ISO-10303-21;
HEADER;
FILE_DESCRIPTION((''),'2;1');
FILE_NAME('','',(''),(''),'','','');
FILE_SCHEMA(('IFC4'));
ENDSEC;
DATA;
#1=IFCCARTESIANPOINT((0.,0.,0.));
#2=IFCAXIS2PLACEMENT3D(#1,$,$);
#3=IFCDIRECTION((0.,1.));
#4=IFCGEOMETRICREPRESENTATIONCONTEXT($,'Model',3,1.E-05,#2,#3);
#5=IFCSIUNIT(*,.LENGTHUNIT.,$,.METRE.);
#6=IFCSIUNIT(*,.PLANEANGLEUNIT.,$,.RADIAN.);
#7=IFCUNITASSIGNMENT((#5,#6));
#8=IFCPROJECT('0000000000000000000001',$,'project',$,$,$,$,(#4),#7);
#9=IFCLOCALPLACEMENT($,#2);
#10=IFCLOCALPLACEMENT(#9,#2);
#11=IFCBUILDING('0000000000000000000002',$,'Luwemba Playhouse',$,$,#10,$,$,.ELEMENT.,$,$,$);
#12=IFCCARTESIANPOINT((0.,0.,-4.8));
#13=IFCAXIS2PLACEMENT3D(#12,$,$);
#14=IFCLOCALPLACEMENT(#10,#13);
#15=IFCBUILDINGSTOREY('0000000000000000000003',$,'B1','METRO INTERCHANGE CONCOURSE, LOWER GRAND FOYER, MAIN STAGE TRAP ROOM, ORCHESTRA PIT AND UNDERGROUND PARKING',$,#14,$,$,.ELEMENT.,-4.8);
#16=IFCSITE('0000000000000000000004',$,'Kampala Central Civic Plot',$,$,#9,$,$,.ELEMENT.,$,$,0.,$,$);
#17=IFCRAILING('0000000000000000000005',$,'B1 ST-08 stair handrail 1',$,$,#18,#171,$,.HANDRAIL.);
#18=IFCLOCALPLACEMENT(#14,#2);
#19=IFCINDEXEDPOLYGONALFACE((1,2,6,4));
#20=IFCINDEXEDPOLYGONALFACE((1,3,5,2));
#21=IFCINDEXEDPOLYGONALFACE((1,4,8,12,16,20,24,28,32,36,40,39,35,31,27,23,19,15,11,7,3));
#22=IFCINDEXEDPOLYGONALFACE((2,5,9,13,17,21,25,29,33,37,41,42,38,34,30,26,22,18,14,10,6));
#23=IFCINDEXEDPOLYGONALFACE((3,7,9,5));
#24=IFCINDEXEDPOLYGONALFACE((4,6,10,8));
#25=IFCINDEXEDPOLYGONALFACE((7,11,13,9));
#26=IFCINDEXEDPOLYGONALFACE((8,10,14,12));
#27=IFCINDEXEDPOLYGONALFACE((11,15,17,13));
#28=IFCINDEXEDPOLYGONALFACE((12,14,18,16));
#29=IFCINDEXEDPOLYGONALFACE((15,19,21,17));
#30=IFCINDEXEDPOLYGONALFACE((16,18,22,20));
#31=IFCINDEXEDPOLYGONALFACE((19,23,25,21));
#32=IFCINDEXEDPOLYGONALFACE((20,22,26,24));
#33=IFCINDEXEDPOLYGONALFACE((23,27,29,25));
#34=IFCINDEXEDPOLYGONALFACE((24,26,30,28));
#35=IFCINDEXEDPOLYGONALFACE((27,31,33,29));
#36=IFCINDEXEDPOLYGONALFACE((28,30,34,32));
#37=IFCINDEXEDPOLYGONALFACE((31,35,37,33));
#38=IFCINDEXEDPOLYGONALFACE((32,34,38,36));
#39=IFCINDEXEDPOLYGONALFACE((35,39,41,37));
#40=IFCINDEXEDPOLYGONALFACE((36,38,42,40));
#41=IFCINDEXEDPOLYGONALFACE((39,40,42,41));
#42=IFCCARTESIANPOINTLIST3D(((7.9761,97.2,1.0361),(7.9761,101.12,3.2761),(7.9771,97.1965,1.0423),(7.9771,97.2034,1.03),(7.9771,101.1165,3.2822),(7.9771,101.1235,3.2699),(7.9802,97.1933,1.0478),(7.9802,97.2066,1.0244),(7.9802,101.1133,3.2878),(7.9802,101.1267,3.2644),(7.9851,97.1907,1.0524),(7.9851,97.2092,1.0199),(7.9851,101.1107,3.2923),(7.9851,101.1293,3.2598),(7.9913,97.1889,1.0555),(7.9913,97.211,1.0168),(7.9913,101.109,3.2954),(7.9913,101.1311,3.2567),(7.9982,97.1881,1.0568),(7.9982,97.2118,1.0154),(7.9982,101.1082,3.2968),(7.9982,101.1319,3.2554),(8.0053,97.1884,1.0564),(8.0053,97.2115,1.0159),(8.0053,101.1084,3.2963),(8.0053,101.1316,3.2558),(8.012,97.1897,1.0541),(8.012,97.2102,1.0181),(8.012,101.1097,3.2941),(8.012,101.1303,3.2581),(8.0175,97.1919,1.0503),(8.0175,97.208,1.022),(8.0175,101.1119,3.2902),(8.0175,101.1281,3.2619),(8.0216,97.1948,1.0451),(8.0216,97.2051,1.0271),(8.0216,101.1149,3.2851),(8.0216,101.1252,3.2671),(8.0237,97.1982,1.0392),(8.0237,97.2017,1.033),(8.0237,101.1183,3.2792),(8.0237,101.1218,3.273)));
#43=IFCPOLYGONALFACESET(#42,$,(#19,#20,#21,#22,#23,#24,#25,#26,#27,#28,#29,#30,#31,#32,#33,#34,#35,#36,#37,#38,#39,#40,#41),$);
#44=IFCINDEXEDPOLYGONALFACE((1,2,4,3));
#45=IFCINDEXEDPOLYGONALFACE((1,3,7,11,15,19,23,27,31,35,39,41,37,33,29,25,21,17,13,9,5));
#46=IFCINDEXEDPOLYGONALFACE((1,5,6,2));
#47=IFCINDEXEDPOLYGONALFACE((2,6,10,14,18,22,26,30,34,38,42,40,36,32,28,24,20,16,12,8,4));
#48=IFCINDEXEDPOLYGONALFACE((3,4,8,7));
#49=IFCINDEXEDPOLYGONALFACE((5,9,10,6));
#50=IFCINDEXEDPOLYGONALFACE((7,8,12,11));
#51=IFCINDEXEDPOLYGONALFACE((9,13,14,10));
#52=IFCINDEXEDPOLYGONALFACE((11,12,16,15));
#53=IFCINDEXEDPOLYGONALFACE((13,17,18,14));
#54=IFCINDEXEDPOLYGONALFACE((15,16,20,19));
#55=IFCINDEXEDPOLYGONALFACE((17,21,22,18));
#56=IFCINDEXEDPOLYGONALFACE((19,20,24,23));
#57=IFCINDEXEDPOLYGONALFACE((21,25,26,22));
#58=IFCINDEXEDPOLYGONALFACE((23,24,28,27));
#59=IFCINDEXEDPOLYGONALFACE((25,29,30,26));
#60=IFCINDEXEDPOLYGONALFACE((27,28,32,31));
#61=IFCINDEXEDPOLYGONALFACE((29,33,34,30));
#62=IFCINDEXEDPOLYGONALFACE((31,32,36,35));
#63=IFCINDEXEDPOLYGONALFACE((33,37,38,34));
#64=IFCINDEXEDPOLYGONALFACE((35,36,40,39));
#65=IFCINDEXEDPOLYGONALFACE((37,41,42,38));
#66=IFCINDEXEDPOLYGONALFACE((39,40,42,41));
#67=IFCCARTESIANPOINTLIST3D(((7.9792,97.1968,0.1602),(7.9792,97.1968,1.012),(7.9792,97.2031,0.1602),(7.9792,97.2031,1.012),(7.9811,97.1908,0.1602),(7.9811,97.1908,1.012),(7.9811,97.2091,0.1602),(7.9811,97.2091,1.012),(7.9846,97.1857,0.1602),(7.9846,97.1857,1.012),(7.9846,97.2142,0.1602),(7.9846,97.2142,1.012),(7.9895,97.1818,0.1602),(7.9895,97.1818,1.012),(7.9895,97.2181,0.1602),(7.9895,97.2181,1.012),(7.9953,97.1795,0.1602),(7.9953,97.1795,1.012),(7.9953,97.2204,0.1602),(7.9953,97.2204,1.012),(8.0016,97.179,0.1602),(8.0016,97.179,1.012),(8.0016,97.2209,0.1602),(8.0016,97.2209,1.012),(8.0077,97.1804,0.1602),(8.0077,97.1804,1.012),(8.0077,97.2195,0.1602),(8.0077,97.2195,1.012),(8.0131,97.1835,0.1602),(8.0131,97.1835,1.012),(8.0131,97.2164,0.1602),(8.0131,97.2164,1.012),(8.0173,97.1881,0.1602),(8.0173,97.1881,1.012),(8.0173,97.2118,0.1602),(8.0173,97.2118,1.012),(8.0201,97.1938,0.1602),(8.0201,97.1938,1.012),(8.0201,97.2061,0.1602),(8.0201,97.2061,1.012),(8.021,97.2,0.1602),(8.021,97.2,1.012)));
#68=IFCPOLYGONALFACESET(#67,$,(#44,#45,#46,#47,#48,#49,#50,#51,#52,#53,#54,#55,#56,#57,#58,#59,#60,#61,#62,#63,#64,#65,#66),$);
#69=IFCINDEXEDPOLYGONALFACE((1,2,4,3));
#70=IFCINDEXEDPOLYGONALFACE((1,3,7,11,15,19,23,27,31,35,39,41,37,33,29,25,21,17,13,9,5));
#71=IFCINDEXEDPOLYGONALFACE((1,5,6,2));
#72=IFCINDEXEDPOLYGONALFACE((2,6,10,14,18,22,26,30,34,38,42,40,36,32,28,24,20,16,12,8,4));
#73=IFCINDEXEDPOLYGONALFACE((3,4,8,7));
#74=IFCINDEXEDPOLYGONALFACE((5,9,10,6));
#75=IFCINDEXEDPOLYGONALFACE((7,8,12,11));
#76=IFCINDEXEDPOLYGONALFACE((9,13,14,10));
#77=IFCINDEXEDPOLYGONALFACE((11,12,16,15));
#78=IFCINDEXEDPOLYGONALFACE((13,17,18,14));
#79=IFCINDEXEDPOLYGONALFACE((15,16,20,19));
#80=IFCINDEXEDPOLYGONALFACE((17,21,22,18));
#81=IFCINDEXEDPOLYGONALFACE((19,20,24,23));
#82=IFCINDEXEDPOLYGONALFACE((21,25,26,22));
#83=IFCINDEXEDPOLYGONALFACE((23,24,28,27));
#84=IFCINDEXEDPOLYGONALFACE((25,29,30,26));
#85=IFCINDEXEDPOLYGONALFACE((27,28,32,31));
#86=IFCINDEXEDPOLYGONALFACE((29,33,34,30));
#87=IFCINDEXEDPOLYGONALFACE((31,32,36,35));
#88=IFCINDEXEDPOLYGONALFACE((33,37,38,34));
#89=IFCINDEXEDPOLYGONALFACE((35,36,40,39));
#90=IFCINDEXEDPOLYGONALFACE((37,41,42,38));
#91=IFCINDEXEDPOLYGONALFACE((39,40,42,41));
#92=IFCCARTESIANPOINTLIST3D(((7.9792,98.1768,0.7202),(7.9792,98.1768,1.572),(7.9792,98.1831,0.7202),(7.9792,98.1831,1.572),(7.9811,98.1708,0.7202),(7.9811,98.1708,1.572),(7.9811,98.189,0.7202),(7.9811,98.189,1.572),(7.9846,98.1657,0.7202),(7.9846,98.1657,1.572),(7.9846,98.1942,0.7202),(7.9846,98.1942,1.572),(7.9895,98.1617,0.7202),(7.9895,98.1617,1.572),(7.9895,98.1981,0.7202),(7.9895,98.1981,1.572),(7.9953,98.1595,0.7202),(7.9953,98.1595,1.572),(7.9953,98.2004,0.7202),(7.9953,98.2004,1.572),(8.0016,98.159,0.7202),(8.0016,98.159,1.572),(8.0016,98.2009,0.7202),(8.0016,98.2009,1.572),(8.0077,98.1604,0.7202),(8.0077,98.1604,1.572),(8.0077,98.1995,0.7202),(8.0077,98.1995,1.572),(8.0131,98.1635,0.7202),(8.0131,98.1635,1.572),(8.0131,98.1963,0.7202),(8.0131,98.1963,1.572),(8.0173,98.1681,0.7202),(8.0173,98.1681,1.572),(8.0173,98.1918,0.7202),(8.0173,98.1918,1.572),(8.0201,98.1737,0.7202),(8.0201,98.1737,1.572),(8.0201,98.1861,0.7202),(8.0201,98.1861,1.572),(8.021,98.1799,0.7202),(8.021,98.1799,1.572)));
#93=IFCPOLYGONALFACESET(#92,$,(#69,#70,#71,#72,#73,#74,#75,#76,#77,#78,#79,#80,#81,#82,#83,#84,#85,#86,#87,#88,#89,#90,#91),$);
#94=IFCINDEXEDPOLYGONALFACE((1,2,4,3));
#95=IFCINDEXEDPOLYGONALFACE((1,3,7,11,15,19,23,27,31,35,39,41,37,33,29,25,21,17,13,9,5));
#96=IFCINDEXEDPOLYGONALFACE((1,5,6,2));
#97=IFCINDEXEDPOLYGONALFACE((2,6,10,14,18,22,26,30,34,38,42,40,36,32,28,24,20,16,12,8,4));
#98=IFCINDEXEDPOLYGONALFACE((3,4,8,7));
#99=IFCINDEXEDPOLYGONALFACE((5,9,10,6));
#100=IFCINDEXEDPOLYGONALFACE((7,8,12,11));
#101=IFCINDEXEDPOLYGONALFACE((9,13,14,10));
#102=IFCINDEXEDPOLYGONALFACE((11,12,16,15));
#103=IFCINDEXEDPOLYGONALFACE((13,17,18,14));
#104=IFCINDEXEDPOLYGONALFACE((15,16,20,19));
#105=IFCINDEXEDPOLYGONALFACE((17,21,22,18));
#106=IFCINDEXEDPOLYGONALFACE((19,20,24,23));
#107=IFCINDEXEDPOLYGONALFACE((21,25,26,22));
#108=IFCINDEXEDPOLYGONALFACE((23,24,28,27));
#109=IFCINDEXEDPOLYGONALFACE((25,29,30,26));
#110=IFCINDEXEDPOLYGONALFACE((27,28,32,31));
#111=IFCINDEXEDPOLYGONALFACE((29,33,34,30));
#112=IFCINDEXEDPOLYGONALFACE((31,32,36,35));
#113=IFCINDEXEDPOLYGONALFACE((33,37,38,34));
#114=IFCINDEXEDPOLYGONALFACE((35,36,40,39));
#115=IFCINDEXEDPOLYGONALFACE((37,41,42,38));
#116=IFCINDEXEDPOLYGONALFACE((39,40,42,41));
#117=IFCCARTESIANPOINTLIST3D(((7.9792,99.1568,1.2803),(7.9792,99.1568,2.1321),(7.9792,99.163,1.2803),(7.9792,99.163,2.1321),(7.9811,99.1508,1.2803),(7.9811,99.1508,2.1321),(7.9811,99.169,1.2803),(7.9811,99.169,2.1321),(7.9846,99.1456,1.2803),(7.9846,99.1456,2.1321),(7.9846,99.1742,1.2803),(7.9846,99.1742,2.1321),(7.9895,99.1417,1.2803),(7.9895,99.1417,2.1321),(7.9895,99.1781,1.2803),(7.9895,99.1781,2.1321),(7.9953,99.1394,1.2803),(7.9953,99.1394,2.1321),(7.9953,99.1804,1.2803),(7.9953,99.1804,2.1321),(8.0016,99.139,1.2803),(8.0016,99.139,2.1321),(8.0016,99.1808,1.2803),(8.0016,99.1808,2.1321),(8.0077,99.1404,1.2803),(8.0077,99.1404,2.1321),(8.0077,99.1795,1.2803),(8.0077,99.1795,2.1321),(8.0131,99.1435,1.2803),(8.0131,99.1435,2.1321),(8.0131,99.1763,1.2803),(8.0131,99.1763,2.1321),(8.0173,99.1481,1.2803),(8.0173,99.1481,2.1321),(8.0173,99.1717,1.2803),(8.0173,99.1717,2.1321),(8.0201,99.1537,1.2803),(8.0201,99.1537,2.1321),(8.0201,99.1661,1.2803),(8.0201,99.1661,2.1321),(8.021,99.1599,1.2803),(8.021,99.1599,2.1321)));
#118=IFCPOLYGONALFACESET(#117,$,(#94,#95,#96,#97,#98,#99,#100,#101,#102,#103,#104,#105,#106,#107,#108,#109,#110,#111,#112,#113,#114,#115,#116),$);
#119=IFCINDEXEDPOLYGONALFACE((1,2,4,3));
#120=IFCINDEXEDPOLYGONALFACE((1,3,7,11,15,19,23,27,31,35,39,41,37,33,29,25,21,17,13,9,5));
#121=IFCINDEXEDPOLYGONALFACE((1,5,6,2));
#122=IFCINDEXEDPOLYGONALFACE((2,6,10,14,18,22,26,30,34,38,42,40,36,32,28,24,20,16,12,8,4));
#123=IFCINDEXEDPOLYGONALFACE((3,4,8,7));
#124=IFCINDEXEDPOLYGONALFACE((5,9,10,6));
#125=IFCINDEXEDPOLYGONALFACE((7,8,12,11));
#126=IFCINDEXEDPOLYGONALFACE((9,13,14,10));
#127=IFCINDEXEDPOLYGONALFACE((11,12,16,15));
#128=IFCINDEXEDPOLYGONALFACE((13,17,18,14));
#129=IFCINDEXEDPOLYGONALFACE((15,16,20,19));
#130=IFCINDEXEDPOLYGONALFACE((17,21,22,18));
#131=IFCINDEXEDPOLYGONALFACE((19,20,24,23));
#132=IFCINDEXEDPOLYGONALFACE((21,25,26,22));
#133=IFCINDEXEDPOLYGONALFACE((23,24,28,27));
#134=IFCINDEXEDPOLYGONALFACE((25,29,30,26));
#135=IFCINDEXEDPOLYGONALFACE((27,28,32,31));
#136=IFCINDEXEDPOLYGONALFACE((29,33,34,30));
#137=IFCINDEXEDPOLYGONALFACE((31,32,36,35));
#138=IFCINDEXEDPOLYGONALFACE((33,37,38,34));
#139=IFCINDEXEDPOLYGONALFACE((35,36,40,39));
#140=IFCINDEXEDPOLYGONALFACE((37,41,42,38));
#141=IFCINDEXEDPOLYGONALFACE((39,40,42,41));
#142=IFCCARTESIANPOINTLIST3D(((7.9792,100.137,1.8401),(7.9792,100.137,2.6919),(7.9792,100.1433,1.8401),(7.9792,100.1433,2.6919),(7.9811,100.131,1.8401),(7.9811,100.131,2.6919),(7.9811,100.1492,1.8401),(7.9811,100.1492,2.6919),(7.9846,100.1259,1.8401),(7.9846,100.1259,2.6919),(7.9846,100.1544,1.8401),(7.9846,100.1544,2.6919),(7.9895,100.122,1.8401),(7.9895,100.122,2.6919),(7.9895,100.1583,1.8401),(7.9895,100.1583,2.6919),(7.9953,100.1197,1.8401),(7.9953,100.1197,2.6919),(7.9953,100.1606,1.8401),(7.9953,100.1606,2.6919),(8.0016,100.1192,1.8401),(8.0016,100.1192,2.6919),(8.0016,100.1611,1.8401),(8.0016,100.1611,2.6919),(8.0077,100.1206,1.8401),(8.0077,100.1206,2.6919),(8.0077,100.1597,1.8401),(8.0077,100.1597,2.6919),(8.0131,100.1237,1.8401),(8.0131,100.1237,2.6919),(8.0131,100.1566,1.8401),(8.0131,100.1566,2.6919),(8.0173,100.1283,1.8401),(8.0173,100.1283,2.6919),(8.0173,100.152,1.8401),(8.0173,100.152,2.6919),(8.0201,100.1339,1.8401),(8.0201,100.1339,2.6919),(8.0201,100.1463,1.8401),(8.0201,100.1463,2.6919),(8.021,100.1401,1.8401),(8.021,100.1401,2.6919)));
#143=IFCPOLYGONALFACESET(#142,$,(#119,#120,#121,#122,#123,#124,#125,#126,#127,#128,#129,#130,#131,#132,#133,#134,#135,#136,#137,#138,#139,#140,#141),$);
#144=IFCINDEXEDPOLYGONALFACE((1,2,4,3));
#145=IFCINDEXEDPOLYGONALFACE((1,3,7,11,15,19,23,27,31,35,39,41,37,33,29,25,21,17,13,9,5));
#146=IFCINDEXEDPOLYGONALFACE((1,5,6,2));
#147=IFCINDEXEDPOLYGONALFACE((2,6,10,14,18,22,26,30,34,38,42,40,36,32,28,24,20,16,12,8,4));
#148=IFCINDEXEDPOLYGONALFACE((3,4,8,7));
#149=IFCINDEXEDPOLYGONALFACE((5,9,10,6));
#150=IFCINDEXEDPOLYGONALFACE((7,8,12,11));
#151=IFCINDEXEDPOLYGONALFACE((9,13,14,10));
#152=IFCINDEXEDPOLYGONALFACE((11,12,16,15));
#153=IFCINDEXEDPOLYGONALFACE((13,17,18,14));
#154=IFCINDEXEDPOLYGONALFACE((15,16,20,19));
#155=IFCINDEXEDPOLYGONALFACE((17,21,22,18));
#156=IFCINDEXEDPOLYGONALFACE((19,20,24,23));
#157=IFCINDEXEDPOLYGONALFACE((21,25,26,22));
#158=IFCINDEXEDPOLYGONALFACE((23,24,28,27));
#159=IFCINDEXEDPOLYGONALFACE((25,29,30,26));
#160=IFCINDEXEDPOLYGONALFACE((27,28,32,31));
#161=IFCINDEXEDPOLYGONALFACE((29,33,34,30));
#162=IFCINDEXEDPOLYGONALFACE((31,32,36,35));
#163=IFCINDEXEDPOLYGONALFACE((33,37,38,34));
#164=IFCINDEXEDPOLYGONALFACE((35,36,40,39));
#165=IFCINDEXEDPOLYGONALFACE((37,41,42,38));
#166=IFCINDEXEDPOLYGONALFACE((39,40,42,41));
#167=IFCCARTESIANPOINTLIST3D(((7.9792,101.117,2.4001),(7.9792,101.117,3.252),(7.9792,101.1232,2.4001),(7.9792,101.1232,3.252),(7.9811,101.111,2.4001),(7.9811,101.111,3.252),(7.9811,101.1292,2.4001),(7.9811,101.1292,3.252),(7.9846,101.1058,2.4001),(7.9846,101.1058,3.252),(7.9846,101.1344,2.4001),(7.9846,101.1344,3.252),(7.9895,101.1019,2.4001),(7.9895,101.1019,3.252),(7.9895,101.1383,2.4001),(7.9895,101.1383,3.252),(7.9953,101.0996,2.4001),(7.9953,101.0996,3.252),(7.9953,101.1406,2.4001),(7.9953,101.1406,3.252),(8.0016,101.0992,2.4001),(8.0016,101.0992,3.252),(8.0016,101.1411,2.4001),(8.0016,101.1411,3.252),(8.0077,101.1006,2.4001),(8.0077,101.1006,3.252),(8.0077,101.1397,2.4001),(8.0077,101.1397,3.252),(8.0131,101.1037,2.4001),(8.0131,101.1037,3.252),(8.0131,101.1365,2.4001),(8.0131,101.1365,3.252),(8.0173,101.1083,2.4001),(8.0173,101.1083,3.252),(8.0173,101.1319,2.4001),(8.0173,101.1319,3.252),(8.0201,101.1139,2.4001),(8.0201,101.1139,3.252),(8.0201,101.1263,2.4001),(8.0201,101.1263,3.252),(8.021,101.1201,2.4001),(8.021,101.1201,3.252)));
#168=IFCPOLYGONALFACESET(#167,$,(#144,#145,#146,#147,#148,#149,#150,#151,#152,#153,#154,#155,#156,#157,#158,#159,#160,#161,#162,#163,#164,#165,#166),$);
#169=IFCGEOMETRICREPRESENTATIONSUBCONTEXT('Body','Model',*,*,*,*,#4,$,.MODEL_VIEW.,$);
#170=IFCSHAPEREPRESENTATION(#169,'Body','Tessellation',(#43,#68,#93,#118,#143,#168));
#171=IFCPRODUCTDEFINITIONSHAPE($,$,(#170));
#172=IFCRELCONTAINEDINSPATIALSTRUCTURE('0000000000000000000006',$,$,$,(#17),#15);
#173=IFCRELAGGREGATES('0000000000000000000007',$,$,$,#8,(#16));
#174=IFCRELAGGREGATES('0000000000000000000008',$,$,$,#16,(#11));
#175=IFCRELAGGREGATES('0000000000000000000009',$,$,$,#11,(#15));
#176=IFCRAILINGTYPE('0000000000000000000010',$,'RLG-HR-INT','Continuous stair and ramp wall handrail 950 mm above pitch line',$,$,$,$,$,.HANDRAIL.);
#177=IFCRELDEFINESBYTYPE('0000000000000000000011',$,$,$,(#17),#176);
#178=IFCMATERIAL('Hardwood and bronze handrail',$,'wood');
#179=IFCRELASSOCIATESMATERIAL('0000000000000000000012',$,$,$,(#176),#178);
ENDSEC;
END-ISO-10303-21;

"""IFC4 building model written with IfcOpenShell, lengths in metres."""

from ifc_helpers import new_model, si_unit, direction, frame, origin, origin_2d, place, context, subcontext, project, spatial, circle, extrude, material, type_object, element, save


model = new_model("IFC4")

# Units and contexts
model_context = context("Model", 3, precision=1e-05, world=origin(), true_north=direction((0.0, 1.0)))
body_context = subcontext(model_context, "Body", "Model", "MODEL_VIEW")
ifc_project = project(units=[si_unit("LENGTHUNIT", "METRE"), si_unit("PLANEANGLEUNIT", "RADIAN")], contexts=[model_context])

# Site, building, storey
site_placement = place(None, origin())
site = spatial("IfcSite", under=ifc_project, at=site_placement, Name="Kampala Central Civic Plot", CompositionType="ELEMENT", RefElevation=0.0)
building_placement = place(site_placement, origin())
building = spatial("IfcBuilding", under=site, at=building_placement, Name="Luwemba Playhouse", CompositionType="ELEMENT")
storey_placement = place(building_placement, frame((0.0, 0.0, -4.8)))
storey = spatial("IfcBuildingStorey", under=building, at=storey_placement, Name="B1", Description="METRO INTERCHANGE CONCOURSE, LOWER GRAND FOYER, MAIN STAGE TRAP ROOM, ORCHESTRA PIT AND UNDERGROUND PARKING", CompositionType="ELEMENT", Elevation=-4.8)

# Railing
ifc_material_1 = material(Name="Hardwood and bronze handrail", Category="wood")
railing_type_1 = type_object("IfcRailingType", Name="RLG-HR-INT", Description="Continuous stair and ramp wall handrail 950 mm above pitch line", PredefinedType="HANDRAIL", material=ifc_material_1)
railing_1_placement = place(storey_placement, frame((8.0, 97.2, 0.1602)))
element("IfcRailing", 1, at=railing_1_placement, inside=storey, type_object=railing_type_1, Name="B1 ST-08 stair handrail 1", PredefinedType="HANDRAIL", context=body_context, shape_type="SweptSolid", body=[
    extrude(circle(Radius=0.0239, at=origin_2d()), frame((0.0, 0.0, 0.876), z_axis=(0.0, 0.868253, 0.496121), x_axis=(-1.0, 0.0, 0.0)), (0.0, 0.0, 1.0), 4.5149),
    extrude(circle(Radius=0.021, at=origin_2d()), origin(), (0.0, 0.0, 1.0), 0.8518),
    extrude(circle(Radius=0.021, at=origin_2d()), frame((0.0, 0.98, 0.5601)), (0.0, 0.0, 1.0), 0.8518),
    extrude(circle(Radius=0.021, at=origin_2d()), frame((0.0, 1.96, 1.1201)), (0.0, 0.0, 1.0), 0.8518),
    extrude(circle(Radius=0.021, at=origin_2d()), frame((0.0, 2.9402, 1.6799)), (0.0, 0.0, 1.0), 0.8518),
    extrude(circle(Radius=0.021, at=origin_2d()), frame((0.0, 3.9202, 2.24)), (0.0, 0.0, 1.0), 0.8518),
])

save(model, "model.ifc")
